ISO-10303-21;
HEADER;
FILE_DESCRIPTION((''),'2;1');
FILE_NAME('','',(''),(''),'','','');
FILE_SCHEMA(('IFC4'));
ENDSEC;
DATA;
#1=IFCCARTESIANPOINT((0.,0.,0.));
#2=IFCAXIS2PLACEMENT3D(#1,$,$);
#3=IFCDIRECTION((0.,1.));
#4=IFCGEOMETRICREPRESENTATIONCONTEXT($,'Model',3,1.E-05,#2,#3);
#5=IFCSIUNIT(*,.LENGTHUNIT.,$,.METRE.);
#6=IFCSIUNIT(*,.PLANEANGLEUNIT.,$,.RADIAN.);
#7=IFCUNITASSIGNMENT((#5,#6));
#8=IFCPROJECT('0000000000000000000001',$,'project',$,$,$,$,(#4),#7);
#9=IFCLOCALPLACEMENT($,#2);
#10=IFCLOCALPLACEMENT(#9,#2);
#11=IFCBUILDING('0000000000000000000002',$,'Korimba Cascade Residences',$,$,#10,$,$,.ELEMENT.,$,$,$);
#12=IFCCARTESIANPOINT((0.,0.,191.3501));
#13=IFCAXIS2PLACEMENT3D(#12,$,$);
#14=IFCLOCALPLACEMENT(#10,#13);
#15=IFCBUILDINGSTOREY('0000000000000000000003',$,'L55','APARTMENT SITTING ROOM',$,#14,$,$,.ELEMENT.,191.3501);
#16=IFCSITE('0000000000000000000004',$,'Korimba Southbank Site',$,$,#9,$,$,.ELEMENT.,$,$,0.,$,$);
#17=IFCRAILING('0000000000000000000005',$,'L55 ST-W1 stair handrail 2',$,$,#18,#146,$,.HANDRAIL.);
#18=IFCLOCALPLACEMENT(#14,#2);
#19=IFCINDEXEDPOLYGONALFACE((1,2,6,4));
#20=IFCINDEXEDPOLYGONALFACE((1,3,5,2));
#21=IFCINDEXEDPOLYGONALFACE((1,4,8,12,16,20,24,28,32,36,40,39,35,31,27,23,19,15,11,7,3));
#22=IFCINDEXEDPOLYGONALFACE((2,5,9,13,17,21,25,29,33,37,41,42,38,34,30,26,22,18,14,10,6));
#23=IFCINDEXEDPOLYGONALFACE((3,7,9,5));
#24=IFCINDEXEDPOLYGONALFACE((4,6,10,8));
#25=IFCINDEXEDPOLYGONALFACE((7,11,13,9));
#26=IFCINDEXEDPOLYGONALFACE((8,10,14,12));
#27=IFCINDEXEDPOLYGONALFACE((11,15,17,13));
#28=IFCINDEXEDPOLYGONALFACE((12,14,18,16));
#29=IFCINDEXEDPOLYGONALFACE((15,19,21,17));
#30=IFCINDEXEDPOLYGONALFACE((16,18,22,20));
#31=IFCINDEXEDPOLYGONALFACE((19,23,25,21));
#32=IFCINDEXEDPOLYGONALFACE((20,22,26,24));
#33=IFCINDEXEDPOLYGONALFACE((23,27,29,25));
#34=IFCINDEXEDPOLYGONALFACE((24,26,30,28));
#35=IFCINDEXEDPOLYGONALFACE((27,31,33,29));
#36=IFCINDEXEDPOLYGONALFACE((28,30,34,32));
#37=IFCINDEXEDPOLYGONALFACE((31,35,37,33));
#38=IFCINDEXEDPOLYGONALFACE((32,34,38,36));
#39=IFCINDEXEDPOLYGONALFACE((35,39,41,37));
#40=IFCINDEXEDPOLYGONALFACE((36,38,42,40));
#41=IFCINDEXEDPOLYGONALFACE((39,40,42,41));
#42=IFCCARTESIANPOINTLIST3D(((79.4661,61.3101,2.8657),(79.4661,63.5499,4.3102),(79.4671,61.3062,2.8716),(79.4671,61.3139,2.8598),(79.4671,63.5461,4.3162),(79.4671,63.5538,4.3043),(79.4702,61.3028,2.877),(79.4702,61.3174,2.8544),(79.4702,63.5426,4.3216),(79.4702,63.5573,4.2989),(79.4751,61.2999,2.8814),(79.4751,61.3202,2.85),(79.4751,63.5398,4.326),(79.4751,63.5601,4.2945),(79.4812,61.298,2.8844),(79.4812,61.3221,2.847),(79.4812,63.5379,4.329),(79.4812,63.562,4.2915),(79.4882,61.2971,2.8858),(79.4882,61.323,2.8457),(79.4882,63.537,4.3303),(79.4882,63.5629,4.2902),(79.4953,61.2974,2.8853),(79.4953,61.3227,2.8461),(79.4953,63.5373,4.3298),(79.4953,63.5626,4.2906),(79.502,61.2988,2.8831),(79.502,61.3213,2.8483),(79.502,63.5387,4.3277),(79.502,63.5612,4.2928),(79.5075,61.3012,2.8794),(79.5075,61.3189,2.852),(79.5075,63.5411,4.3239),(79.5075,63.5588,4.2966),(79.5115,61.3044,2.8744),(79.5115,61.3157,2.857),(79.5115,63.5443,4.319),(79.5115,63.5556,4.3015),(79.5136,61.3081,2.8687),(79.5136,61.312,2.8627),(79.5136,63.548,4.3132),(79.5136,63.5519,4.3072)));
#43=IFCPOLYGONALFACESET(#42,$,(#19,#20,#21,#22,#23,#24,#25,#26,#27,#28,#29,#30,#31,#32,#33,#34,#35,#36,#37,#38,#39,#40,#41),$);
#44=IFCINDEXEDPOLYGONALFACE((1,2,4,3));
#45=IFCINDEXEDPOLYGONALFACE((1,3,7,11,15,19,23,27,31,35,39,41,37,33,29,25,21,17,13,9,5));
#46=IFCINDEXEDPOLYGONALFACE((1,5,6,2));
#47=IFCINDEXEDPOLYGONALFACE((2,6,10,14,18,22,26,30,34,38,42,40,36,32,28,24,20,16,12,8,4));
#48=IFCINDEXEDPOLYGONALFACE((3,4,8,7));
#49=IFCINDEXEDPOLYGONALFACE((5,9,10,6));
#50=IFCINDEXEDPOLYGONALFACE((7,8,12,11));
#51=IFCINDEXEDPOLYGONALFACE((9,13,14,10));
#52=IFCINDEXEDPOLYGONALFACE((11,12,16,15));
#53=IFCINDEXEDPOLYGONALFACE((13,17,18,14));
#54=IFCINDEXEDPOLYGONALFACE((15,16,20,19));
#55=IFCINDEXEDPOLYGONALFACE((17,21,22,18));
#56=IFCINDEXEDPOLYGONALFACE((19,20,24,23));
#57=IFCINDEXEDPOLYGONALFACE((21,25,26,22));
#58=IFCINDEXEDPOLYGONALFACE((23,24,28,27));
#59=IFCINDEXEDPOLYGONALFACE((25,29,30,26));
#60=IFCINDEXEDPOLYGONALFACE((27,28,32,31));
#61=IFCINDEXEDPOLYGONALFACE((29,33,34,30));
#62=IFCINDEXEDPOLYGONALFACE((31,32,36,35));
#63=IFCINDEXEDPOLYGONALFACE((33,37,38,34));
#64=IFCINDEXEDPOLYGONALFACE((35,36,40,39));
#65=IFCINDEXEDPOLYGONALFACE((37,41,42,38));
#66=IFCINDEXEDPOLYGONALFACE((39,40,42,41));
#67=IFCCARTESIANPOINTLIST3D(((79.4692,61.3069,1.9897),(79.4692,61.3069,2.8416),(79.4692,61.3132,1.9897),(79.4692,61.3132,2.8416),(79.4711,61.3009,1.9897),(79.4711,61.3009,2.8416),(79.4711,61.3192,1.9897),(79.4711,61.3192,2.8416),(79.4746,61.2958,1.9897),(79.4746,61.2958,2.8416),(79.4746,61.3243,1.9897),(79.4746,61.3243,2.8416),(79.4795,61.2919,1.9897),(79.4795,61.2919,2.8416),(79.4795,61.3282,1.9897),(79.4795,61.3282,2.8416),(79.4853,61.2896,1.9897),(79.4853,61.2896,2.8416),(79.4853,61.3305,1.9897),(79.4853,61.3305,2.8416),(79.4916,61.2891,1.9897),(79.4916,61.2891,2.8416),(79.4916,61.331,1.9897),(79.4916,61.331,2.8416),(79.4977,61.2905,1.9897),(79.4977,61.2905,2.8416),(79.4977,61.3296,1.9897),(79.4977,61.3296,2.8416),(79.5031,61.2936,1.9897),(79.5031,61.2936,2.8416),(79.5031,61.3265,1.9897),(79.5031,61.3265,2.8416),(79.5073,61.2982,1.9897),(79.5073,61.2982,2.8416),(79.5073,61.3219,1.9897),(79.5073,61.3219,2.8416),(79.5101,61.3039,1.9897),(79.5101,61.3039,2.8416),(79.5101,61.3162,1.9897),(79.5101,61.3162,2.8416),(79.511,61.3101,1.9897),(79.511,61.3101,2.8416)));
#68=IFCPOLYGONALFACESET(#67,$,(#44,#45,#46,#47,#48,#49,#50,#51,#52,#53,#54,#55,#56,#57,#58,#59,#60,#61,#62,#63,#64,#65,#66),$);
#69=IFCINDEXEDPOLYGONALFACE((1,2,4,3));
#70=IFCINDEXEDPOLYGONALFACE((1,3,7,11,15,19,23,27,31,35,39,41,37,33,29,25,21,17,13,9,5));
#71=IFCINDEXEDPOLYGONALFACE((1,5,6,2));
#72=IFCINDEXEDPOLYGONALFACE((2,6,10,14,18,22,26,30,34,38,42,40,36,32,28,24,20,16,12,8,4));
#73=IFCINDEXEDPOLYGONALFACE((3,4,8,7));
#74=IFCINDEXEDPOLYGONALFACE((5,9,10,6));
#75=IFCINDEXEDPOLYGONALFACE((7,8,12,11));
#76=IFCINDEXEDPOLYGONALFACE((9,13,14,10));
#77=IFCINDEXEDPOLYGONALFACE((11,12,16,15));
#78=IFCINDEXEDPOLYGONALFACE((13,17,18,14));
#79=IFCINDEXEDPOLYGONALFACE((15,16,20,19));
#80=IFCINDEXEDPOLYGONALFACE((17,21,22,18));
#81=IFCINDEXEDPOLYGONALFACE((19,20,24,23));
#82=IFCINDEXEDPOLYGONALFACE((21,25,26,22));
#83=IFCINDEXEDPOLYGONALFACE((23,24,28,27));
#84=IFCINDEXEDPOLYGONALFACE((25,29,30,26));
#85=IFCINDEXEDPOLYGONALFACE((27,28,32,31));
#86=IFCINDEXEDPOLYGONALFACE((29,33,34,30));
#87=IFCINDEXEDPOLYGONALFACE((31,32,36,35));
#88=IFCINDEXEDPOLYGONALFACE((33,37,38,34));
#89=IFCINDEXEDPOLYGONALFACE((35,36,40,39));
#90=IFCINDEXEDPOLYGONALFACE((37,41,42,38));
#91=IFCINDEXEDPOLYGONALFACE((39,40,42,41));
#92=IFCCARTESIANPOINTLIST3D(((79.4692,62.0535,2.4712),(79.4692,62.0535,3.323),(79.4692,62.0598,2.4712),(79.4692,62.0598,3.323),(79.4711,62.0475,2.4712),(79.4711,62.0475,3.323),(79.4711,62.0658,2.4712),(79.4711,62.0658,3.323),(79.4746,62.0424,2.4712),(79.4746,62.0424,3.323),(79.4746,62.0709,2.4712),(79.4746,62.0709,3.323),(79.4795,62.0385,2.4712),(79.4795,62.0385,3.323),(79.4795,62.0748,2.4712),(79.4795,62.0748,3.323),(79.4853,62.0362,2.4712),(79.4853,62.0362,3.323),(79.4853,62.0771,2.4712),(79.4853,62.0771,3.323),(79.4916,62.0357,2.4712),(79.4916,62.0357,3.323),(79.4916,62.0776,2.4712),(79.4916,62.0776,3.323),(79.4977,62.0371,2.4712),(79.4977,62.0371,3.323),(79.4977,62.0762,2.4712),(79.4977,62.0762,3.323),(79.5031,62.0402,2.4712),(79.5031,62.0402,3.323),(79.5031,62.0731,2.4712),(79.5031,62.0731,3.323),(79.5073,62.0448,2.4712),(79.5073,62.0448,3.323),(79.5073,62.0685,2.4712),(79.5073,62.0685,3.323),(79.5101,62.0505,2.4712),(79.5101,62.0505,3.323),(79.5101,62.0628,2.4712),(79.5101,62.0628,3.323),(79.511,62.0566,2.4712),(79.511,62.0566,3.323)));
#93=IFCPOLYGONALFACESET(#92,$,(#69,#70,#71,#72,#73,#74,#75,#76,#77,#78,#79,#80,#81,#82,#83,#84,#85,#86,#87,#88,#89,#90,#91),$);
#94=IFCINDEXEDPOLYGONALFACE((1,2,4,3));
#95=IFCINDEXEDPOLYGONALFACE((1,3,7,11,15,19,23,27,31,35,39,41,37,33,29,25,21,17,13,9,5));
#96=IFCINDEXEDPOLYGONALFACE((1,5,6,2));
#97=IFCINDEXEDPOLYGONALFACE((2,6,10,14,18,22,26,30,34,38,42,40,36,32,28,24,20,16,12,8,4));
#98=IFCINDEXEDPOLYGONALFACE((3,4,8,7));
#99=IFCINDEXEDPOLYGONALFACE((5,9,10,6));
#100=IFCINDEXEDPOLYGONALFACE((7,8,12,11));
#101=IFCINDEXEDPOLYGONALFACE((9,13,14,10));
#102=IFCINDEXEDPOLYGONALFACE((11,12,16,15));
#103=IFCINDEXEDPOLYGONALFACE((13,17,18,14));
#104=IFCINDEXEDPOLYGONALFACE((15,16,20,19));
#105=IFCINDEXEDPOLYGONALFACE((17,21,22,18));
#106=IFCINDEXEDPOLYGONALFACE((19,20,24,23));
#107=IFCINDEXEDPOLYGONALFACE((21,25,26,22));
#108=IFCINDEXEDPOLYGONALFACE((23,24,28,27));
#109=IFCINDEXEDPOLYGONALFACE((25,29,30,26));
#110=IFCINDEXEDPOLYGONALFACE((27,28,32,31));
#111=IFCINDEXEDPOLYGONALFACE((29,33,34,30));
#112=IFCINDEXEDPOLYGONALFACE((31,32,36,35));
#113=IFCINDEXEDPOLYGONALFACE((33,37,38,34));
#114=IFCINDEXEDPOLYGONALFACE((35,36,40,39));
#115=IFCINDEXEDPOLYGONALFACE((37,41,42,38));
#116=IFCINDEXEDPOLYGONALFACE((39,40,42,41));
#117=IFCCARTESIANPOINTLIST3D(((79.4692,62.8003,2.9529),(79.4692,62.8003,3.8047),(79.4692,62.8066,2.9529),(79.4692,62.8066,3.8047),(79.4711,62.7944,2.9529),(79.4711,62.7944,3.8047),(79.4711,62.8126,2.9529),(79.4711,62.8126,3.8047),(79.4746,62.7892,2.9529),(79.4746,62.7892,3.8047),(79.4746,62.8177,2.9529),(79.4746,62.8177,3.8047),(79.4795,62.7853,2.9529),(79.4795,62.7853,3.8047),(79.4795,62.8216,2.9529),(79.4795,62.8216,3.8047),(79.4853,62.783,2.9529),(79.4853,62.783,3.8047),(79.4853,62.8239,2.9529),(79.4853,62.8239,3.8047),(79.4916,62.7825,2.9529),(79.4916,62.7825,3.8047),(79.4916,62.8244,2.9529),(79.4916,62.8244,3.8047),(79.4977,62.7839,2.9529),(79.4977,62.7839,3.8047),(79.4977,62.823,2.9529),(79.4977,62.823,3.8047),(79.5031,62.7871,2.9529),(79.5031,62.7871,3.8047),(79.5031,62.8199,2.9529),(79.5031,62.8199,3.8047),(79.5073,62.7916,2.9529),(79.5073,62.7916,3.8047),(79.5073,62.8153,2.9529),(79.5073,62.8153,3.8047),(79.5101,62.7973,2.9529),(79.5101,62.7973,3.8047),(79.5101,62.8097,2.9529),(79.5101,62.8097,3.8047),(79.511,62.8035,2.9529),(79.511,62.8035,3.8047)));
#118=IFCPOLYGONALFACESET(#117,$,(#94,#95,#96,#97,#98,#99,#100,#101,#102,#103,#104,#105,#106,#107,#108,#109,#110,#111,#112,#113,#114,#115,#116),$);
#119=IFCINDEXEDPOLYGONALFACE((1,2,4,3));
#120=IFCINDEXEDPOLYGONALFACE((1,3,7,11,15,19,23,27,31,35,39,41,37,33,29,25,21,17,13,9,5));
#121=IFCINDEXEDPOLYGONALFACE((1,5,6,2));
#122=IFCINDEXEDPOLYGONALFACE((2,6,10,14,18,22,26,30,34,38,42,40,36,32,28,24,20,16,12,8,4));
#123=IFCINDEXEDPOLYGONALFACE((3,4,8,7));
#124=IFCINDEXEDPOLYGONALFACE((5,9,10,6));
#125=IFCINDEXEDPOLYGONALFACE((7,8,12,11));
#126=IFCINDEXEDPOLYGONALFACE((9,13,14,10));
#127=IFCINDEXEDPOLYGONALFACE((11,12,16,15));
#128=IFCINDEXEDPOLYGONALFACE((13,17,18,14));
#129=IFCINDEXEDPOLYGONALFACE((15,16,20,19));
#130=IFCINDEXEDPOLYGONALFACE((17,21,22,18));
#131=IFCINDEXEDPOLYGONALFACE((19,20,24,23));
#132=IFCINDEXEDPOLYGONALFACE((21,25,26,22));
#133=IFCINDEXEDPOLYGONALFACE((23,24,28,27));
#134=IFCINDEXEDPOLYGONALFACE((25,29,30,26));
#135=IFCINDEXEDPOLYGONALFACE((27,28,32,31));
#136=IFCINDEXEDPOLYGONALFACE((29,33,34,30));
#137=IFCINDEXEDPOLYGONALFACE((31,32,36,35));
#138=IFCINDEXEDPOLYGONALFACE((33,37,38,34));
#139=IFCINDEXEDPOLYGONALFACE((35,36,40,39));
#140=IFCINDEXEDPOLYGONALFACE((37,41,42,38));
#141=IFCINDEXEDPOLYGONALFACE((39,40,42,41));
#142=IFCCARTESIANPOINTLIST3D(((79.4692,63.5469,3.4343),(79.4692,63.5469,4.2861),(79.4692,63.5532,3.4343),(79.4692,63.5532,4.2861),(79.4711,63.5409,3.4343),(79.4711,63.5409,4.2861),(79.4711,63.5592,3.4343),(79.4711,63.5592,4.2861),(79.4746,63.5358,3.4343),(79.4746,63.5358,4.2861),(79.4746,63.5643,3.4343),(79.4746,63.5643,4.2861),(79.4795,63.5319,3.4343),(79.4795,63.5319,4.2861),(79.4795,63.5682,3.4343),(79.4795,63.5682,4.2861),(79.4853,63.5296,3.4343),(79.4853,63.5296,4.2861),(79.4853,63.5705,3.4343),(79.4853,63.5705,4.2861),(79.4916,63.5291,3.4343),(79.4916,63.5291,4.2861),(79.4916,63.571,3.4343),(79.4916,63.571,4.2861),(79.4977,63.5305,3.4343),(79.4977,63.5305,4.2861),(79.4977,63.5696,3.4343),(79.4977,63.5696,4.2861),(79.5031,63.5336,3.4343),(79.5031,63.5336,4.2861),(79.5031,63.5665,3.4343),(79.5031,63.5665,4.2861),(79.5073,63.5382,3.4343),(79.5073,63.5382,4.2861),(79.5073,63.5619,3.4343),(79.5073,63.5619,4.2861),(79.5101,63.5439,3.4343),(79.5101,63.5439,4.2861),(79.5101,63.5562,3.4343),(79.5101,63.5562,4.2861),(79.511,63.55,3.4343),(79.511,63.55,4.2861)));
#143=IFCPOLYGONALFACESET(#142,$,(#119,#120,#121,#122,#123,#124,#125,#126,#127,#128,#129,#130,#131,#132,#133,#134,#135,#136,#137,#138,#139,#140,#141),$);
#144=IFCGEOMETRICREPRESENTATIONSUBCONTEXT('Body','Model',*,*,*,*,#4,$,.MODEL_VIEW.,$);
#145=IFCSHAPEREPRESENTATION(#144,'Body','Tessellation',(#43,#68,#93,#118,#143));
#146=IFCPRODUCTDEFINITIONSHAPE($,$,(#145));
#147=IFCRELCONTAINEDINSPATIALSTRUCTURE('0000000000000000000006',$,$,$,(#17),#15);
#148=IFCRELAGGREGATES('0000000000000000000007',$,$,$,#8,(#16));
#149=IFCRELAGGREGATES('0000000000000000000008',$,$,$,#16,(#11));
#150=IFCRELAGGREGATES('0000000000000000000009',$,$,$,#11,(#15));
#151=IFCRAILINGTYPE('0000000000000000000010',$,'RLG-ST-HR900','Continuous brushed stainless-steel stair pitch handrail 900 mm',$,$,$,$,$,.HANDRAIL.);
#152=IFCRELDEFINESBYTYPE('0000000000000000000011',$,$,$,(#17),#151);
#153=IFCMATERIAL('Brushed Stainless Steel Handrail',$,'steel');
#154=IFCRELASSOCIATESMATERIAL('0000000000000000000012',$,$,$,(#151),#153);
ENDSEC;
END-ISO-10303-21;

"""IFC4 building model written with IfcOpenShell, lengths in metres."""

from ifc_helpers import new_model, si_unit, direction, frame, origin, origin_2d, place, context, subcontext, project, spatial, circle, extrude, material, type_object, element, save


model = new_model("IFC4")

# Units and contexts
model_context = context("Model", 3, precision=1e-05, world=origin(), true_north=direction((0.0, 1.0)))
body_context = subcontext(model_context, "Body", "Model", "MODEL_VIEW")
ifc_project = project(units=[si_unit("LENGTHUNIT", "METRE"), si_unit("PLANEANGLEUNIT", "RADIAN")], contexts=[model_context])

# Site, building, storey
site_placement = place(None, origin())
site = spatial("IfcSite", under=ifc_project, at=site_placement, Name="Korimba Southbank Site", CompositionType="ELEMENT", RefElevation=0.0)
building_placement = place(site_placement, origin())
building = spatial("IfcBuilding", under=site, at=building_placement, Name="Korimba Cascade Residences", CompositionType="ELEMENT")
storey_placement = place(building_placement, frame((0.0, 0.0, 191.3501)))
storey = spatial("IfcBuildingStorey", under=building, at=storey_placement, Name="L55", Description="APARTMENT SITTING ROOM", CompositionType="ELEMENT", Elevation=191.3501)

# Railing
ifc_material_1 = material(Name="Brushed Stainless Steel Handrail", Category="steel")
railing_type_1 = type_object("IfcRailingType", Name="RLG-ST-HR900", Description="Continuous brushed stainless-steel stair pitch handrail 900 mm", PredefinedType="HANDRAIL", material=ifc_material_1)
railing_1_placement = place(storey_placement, frame((79.49, 61.3101, 1.9897)))
element("IfcRailing", 1, at=railing_1_placement, inside=storey, type_object=railing_type_1, Name="L55 ST-W1 stair handrail 2", PredefinedType="HANDRAIL", context=body_context, shape_type="SweptSolid", body=[
    extrude(circle(Radius=0.0239, at=origin_2d()), frame((0.0, 0.0, 0.876), z_axis=(0.0, 0.840395, 0.541975), x_axis=(-1.0, 0.0, 0.0)), (0.0, 0.0, 1.0), 2.6653),
    extrude(circle(Radius=0.021, at=origin_2d()), origin(), (0.0, 0.0, 1.0), 0.8518),
    extrude(circle(Radius=0.021, at=origin_2d()), frame((0.0, 0.7466, 0.4814)), (0.0, 0.0, 1.0), 0.8518),
    extrude(circle(Radius=0.021, at=origin_2d()), frame((0.0, 1.4934, 0.9631)), (0.0, 0.0, 1.0), 0.8518),
    extrude(circle(Radius=0.021, at=origin_2d()), frame((0.0, 2.24, 1.4446)), (0.0, 0.0, 1.0), 0.8518),
])

save(model, "model.ifc")
